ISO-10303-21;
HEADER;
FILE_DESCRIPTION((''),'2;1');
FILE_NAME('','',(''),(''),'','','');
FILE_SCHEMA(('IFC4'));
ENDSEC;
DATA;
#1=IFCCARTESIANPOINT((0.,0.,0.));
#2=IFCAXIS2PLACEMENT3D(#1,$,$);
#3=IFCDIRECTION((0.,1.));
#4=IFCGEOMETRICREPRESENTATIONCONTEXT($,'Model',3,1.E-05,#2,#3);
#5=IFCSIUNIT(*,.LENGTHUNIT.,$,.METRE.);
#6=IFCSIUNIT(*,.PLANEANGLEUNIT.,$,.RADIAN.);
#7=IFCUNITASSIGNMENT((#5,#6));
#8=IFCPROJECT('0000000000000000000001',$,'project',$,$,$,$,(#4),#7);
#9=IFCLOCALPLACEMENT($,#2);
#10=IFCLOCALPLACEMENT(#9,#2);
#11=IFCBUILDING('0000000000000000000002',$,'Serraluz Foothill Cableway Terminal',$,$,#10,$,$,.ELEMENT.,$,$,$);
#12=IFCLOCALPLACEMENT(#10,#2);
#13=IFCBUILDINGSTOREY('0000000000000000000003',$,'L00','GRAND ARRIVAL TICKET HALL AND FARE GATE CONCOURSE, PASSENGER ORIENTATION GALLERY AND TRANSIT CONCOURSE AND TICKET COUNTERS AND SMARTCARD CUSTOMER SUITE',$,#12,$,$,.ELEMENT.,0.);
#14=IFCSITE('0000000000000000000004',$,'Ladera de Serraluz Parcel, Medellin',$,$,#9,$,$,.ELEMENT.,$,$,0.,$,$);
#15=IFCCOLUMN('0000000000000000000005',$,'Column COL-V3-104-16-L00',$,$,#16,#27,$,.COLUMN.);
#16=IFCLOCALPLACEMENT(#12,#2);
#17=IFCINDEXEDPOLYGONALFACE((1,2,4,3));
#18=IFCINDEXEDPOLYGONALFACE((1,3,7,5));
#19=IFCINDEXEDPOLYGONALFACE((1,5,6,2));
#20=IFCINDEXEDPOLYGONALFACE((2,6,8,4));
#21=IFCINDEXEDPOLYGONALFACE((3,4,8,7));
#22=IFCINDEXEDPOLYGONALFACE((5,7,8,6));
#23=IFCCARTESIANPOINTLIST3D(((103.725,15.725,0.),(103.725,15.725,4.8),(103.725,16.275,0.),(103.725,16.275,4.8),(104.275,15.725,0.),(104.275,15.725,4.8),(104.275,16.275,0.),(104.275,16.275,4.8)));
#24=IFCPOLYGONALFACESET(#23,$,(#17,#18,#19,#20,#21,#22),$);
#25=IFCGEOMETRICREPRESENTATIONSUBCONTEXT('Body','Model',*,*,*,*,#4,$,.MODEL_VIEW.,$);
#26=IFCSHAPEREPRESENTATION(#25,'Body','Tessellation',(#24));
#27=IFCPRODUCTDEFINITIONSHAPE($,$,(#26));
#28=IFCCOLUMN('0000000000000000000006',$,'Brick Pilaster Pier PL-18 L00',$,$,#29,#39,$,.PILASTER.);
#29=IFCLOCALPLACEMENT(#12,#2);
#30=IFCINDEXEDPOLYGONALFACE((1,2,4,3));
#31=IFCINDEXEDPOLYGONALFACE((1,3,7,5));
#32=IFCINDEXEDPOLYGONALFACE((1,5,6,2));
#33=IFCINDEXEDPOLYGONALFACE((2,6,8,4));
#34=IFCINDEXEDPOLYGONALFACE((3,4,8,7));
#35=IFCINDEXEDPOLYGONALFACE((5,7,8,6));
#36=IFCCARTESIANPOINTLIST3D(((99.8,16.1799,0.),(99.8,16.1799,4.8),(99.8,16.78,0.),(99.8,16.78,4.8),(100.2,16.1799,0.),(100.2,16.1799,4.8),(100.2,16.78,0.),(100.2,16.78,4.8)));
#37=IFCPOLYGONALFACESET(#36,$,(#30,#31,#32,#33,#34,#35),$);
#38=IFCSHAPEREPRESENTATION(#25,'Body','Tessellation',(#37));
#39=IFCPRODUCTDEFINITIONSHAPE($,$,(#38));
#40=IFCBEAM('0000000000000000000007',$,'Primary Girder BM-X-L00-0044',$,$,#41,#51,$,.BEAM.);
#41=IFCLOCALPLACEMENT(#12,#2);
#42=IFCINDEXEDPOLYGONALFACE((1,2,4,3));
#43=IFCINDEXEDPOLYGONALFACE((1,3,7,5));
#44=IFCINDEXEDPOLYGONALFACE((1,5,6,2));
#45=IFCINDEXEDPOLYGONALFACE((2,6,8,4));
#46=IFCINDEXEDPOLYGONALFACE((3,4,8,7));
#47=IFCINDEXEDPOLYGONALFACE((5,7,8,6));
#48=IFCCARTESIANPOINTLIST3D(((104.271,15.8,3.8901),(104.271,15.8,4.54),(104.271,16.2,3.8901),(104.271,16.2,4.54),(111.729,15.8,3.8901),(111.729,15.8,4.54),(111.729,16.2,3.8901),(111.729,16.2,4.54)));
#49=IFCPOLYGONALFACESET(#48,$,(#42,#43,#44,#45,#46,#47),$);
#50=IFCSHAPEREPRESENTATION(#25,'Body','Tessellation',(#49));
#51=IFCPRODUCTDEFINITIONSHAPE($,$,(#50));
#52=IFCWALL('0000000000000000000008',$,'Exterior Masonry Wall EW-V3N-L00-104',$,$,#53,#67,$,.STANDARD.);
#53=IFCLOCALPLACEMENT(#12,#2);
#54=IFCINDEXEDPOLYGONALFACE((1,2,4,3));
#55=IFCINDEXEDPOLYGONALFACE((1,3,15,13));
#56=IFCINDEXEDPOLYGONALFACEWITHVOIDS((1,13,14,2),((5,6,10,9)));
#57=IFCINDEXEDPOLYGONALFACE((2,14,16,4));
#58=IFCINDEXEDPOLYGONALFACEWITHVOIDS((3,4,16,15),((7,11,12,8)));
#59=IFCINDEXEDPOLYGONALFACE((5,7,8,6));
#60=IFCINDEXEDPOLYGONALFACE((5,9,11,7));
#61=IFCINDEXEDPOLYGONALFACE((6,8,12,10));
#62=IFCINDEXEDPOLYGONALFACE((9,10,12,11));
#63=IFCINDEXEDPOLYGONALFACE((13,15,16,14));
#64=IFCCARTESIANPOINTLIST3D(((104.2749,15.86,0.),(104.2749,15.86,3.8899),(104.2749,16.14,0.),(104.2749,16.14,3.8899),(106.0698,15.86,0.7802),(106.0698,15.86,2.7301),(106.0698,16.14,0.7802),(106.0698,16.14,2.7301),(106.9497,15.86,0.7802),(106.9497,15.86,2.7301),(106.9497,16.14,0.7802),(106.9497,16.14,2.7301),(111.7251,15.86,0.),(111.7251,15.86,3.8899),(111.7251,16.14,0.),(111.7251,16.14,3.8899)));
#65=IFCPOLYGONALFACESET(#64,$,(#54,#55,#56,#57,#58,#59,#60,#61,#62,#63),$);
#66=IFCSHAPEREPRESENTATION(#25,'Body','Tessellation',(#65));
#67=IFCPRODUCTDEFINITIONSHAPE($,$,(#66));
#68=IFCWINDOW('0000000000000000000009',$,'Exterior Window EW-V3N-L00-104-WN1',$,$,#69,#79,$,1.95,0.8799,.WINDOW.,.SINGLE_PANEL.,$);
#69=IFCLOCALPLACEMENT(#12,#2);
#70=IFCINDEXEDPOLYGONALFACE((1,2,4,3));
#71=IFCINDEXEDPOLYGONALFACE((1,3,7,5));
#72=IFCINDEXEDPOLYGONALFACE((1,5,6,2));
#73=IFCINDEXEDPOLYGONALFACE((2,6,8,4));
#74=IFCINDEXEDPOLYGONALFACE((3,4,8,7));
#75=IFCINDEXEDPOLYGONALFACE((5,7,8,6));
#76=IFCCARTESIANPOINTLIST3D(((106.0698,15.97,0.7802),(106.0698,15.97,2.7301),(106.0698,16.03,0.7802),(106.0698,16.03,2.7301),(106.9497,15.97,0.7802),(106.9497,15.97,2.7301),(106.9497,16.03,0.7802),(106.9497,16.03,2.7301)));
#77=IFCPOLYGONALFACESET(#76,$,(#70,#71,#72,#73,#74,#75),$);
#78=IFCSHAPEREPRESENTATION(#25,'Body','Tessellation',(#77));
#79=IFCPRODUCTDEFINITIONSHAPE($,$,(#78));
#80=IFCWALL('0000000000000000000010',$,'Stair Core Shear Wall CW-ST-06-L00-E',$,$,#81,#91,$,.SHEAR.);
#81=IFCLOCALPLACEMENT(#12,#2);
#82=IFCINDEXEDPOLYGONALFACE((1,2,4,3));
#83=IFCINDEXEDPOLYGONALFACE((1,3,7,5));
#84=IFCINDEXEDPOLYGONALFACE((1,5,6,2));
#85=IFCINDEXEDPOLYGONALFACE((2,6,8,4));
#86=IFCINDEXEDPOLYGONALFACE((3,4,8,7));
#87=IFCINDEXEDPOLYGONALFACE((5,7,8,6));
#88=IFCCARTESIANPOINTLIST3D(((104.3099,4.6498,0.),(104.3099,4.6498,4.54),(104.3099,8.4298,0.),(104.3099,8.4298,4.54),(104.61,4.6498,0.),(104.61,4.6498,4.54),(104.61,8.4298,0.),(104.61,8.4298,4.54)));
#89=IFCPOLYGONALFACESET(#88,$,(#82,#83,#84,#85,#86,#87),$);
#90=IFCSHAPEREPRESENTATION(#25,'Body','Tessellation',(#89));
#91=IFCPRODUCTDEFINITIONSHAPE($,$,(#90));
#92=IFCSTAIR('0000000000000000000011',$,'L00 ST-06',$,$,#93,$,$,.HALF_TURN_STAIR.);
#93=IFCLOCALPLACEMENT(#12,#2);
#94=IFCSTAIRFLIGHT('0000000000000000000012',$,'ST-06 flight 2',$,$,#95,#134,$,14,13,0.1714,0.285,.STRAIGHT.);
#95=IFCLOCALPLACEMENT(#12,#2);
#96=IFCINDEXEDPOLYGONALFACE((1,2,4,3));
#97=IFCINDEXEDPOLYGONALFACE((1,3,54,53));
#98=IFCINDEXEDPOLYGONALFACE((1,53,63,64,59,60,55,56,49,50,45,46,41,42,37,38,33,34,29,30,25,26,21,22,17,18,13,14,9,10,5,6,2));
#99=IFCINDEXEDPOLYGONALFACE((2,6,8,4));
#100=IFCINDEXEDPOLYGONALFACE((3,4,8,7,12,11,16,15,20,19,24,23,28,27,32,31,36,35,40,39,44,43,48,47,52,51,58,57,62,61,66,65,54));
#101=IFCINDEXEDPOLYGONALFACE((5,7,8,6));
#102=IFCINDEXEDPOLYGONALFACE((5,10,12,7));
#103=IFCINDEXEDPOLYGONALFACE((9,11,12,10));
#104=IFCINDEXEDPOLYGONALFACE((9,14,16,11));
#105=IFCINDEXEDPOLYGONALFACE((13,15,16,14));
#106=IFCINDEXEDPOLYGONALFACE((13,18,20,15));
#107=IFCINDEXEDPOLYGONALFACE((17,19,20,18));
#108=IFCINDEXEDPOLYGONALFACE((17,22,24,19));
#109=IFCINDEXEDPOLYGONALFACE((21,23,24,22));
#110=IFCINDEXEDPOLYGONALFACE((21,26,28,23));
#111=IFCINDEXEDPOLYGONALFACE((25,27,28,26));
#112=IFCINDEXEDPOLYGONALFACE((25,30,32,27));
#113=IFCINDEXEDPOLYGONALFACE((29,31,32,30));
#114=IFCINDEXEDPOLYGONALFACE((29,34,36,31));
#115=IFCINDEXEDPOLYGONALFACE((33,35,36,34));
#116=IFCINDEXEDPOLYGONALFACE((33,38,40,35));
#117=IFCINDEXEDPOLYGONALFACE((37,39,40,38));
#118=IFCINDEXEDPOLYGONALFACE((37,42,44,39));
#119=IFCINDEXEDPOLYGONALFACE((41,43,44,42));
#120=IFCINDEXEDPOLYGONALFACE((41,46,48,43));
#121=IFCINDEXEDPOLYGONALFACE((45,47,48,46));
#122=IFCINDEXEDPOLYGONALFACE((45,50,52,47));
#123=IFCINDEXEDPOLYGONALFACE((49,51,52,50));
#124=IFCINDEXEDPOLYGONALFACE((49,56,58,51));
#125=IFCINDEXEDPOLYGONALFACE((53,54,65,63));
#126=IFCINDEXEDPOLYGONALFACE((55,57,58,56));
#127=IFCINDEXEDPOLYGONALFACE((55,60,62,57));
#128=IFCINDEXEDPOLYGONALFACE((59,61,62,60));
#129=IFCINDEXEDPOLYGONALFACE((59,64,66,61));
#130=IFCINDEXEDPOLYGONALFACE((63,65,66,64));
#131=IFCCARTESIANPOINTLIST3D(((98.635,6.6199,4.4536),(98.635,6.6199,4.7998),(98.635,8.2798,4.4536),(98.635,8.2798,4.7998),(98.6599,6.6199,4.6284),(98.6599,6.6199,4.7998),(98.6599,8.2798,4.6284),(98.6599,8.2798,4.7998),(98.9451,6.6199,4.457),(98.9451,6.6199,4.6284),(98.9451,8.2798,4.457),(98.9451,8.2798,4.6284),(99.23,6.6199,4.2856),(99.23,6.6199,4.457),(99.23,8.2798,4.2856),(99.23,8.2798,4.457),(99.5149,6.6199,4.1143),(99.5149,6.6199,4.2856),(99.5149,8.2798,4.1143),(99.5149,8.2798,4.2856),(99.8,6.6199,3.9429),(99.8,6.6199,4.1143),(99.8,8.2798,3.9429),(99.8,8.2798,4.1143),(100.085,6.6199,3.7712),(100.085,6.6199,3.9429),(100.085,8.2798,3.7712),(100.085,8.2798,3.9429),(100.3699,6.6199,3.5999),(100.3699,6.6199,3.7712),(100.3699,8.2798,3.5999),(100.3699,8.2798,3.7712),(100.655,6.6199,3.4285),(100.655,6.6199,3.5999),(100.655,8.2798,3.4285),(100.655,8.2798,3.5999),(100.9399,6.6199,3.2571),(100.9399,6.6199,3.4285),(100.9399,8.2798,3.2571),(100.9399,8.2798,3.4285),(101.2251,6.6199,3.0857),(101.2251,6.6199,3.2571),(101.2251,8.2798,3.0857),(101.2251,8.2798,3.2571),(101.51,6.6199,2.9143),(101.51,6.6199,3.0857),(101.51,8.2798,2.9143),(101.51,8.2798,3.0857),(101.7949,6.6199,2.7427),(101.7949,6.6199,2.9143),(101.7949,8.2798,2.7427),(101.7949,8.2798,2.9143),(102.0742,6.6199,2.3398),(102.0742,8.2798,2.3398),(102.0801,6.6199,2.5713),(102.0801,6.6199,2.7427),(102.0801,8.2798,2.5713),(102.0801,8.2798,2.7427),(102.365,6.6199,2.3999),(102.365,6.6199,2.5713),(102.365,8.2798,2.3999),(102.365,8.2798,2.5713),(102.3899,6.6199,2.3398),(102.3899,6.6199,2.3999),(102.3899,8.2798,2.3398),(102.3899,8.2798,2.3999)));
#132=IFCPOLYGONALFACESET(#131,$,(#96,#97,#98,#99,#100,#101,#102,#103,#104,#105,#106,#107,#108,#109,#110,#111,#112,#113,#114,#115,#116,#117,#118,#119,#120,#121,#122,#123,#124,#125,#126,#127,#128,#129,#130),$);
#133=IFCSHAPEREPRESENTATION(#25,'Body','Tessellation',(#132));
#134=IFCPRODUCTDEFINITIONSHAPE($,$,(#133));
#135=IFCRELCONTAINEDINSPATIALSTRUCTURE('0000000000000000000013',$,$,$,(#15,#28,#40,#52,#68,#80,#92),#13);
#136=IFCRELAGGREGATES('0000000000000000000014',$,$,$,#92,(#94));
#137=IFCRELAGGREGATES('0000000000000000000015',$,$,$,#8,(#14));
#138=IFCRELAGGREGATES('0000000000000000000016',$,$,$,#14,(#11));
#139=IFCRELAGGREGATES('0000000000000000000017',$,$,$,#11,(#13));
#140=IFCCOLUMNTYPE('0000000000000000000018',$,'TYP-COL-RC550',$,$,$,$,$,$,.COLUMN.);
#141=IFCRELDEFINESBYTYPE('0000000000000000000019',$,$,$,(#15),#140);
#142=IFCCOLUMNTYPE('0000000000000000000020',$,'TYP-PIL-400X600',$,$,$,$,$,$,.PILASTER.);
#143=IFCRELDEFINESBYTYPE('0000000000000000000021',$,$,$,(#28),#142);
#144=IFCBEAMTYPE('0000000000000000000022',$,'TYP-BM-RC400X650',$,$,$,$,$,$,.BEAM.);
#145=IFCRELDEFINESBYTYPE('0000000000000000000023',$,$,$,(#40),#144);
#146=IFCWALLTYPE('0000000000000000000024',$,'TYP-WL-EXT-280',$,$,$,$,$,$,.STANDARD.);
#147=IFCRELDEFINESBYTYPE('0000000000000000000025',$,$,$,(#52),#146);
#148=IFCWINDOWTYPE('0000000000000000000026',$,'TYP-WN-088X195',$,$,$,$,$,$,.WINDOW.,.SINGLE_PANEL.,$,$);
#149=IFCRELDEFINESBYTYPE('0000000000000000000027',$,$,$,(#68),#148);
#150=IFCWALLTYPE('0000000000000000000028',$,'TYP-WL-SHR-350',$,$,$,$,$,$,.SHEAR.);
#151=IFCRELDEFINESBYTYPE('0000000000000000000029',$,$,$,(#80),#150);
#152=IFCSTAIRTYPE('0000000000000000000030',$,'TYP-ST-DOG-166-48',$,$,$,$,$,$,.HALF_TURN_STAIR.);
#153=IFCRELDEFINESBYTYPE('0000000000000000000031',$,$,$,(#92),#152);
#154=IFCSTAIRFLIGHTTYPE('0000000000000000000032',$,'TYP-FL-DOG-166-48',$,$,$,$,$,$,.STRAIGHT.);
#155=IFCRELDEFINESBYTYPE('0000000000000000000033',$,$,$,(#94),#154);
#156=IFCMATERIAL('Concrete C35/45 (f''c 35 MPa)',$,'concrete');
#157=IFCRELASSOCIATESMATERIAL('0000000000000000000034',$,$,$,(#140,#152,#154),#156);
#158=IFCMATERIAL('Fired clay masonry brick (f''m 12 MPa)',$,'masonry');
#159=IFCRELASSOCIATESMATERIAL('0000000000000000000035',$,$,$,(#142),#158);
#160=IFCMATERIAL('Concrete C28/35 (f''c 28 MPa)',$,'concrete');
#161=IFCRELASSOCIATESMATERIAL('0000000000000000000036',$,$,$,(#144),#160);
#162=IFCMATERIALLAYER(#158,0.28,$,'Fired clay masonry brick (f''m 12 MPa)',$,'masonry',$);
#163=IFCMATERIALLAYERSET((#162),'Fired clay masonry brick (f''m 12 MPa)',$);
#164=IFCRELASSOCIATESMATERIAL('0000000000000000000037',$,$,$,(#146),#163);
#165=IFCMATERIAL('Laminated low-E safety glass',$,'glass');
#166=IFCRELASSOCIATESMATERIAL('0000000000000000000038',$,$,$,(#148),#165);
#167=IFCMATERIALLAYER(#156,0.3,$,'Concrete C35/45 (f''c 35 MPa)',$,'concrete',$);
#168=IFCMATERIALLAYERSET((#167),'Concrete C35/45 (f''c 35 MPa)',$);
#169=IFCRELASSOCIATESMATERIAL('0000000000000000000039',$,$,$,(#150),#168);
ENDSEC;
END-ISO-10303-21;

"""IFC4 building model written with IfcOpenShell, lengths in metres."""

from ifc_helpers import new_model, si_unit, direction, frame, frame_2d, origin, origin_2d, place, context, subcontext, project, spatial, polyline, rectangle, outline, extrude, material, layer, layer_set, material_profile, profile_set, type_object, element, fill, aggregate, save


model = new_model("IFC4")

# Units and contexts
model_context = context("Model", 3, precision=1e-05, world=origin(), true_north=direction((0.0, 1.0)))
body_context = subcontext(model_context, "Body", "Model", "MODEL_VIEW")
ifc_project = project(units=[si_unit("LENGTHUNIT", "METRE"), si_unit("PLANEANGLEUNIT", "RADIAN")], contexts=[model_context])

# Site, building, storey
site_placement = place(None, origin())
site = spatial("IfcSite", under=ifc_project, at=site_placement, Name="Ladera de Serraluz Parcel, Medellin", CompositionType="ELEMENT", RefElevation=0.0)
building_placement = place(site_placement, origin())
building = spatial("IfcBuilding", under=site, at=building_placement, Name="Serraluz Foothill Cableway Terminal", CompositionType="ELEMENT")
storey_placement = place(building_placement, origin())
storey = spatial("IfcBuildingStorey", under=building, at=storey_placement, Name="L00", Description="GRAND ARRIVAL TICKET HALL AND FARE GATE CONCOURSE, PASSENGER ORIENTATION GALLERY AND TRANSIT CONCOURSE AND TICKET COUNTERS AND SMARTCARD CUSTOMER SUITE", CompositionType="ELEMENT", Elevation=0.0)

# Shared definitions
ifc_material_1 = material(Name="Concrete C35/45 (f'c 35 MPa)", Category="concrete")

# Shared definitions
ifc_material_2 = material(Name="Concrete C28/35 (f'c 28 MPa)", Category="concrete")

# Columns
ifc_material_profile_1 = material_profile(ifc_material_1, rectangle(XDim=0.55, YDim=0.55, at=origin_2d()), Name="RC 550x550")
ifc_profile_set_1 = profile_set([ifc_material_profile_1], Name="Concrete C35/45 (f'c 35 MPa)")
column_type_1 = type_object("IfcColumnType", Name="TYP-COL-RC550", PredefinedType="COLUMN", material=ifc_profile_set_1)
column_1_placement = place(storey_placement, frame((104.0, 16.0, 0.0), z_axis=(0.0, 0.0, 1.0), x_axis=(1.0, 0.0, 0.0)))
element("IfcColumn", 1, at=column_1_placement, inside=storey, type_object=column_type_1, Name="Column COL-V3-104-16-L00", PredefinedType="COLUMN", context=body_context, shape_type="SweptSolid", body=[
    extrude(rectangle(XDim=0.55, YDim=0.55, at=origin_2d()), origin(), (0.0, 0.0, 1.0), 4.8),
])
ifc_material_3 = material(Name="Fired clay masonry brick (f'm 12 MPa)", Category="masonry")
ifc_material_profile_2 = material_profile(ifc_material_3, rectangle(XDim=0.3999, YDim=0.6001, at=origin_2d()), Name="PIL 400x600")
ifc_profile_set_2 = profile_set([ifc_material_profile_2], Name="Fired clay masonry brick (f'm 12 MPa)")
column_type_2 = type_object("IfcColumnType", Name="TYP-PIL-400X600", PredefinedType="PILASTER", material=ifc_profile_set_2)
column_2_placement = place(storey_placement, frame((100.0, 16.48, 0.0), z_axis=(0.0, 0.0, 1.0), x_axis=(1.0, 0.0, 0.0)))
element("IfcColumn", 2, at=column_2_placement, inside=storey, type_object=column_type_2, Name="Brick Pilaster Pier PL-18 L00", PredefinedType="PILASTER", context=body_context, shape_type="SweptSolid", body=[
    extrude(rectangle(XDim=0.3999, YDim=0.6001, at=origin_2d()), origin(), (0.0, 0.0, 1.0), 4.8),
])

# Beam
ifc_material_profile_3 = material_profile(ifc_material_2, rectangle(XDim=0.3999, YDim=0.6499, at=origin_2d()), Name="RC 400x650")
ifc_profile_set_3 = profile_set([ifc_material_profile_3], Name="Concrete C28/35 (f'c 28 MPa)")
beam_type = type_object("IfcBeamType", Name="TYP-BM-RC400X650", PredefinedType="BEAM", material=ifc_profile_set_3)
beam_placement = place(storey_placement, frame((104.271, 16.0, 4.2151), z_axis=(1.0, 0.0, 0.0), x_axis=(0.0, 1.0, 0.0)))
element("IfcBeam", 3, at=beam_placement, inside=storey, type_object=beam_type, Name="Primary Girder BM-X-L00-0044", PredefinedType="BEAM", context=body_context, shape_type="SweptSolid", body=[
    extrude(rectangle(XDim=0.3999, YDim=0.6499, at=origin_2d()), origin(), (0.0, 0.0, 1.0), 7.458),
])

# Wall, opening, window
ifc_layer_1 = layer(ifc_material_3, 0.28, Name="Fired clay masonry brick (f'm 12 MPa)", Category="masonry")
ifc_layer_set_1 = layer_set([ifc_layer_1], Name="Fired clay masonry brick (f'm 12 MPa)")
wall_type_1 = type_object("IfcWallType", Name="TYP-WL-EXT-280", PredefinedType="STANDARD", material=ifc_layer_set_1)
wall_1_placement = place(storey_placement, frame((104.2749, 16.0, 0.0), z_axis=(0.0, 0.0, 1.0), x_axis=(1.0, 0.0, 0.0)))
wall_1 = element("IfcWall", 4, at=wall_1_placement, inside=storey, type_object=wall_type_1, Name="Exterior Masonry Wall EW-V3N-L00-104", PredefinedType="STANDARD", context=body_context, shape_type="SweptSolid", body=[
    extrude(rectangle(XDim=7.4502, YDim=0.28, at=frame_2d((3.7251, 0.0))), origin(), (0.0, 0.0, 1.0), 3.8899),
])
opening_placement = place(wall_1_placement, frame((1.7949, 0.0, 0.78)))
opening = element("IfcOpeningElement", 5, at=opening_placement, cuts=wall_1, PredefinedType="OPENING", context=body_context, shape_type="SweptSolid", body=[
    extrude(rectangle(XDim=0.8799, YDim=1.95, at=frame_2d((0.4399, 0.9751))), frame((0.0, 0.1499, 0.0), z_axis=(0.0, -1.0, 0.0), x_axis=(1.0, 0.0, 0.0)), (0.0, 0.0, 1.0), 0.3),
])
ifc_material_4 = material(Name="Laminated low-E safety glass", Category="glass")
window_type = type_object("IfcWindowType", Name="TYP-WN-088X195", PartitioningType="SINGLE_PANEL", PredefinedType="WINDOW", material=ifc_material_4)
window_placement = place(opening_placement, origin())
window = element("IfcWindow", 6, at=window_placement, inside=storey, type_object=window_type, Name="Exterior Window EW-V3N-L00-104-WN1", OverallHeight=1.95, OverallWidth=0.8799, PartitioningType="SINGLE_PANEL", PredefinedType="WINDOW", context=body_context, shape_type="SweptSolid", body=[
    extrude(rectangle(XDim=0.8799, YDim=1.95, at=frame_2d((0.4399, 0.9751))), frame((0.0, 0.03, 0.0), z_axis=(0.0, -1.0, 0.0), x_axis=(1.0, 0.0, 0.0)), (0.0, 0.0, 1.0), 0.0601),
])
fill(opening, window)

# Wall
ifc_layer_2 = layer(ifc_material_1, 0.3, Name="Concrete C35/45 (f'c 35 MPa)", Category="concrete")
ifc_layer_set_2 = layer_set([ifc_layer_2], Name="Concrete C35/45 (f'c 35 MPa)")
wall_type_2 = type_object("IfcWallType", Name="TYP-WL-SHR-350", PredefinedType="SHEAR", material=ifc_layer_set_2)
wall_2_placement = place(storey_placement, frame((104.46, 8.4299, 0.0), z_axis=(0.0, 0.0, 1.0), x_axis=(0.0, -1.0, 0.0)))
element("IfcWall", 7, at=wall_2_placement, inside=storey, type_object=wall_type_2, Name="Stair Core Shear Wall CW-ST-06-L00-E", PredefinedType="SHEAR", context=body_context, shape_type="SweptSolid", body=[
    extrude(rectangle(XDim=3.78, YDim=0.3, at=frame_2d((1.8901, 0.0))), origin(), (0.0, 0.0, 1.0), 4.54),
])

# Stair, stair flight
stair_type_1 = type_object("IfcStairType", Name="TYP-ST-DOG-166-48", PredefinedType="HALF_TURN_STAIR", material=ifc_material_1)
stair_1_placement = place(storey_placement, origin())
stair_1 = element("IfcStair", 8, at=stair_1_placement, inside=storey, type_object=stair_type_1, Name="L00 ST-06", PredefinedType="HALF_TURN_STAIR")
stair_flight_type_1 = type_object("IfcStairFlightType", Name="TYP-FL-DOG-166-48", PredefinedType="STRAIGHT", material=ifc_material_1)
stair_flight_1_placement = place(storey_placement, frame((102.365, 7.45, 2.3999), z_axis=(0.0, 0.0, 1.0), x_axis=(-1.0, 0.0, 0.0)))
stair_flight_1 = element("IfcStairFlight", 9, at=stair_flight_1_placement, type_object=stair_flight_type_1, Name="ST-06 flight 2", NumberOfRisers=14, NumberOfTreads=13, PredefinedType="STRAIGHT", RiserHeight=0.1714, TreadLength=0.285, context=body_context, shape_type="SweptSolid", body=[
    extrude(outline(polyline([(-0.0249, -0.0601), (-0.0249, 0.0), (0.0, 0.0), (0.0, 0.1714), (0.2849, 0.1714), (0.2849, 0.3428), (0.5701, 0.3428), (0.5701, 0.5144), (0.855, 0.5144), (0.855, 0.6858), (1.1399, 0.6858), (1.1399, 0.8572), (1.425, 0.8572), (1.425, 1.0286), (1.71, 1.0286), (1.71, 1.2), (1.9951, 1.2), (1.9951, 1.3713), (2.28, 1.3713), (2.28, 1.543), (2.5649, 1.543), (2.5649, 1.7144), (2.8501, 1.7144), (2.8501, 1.8857), (3.135, 1.8857), (3.135, 2.0571), (3.4199, 2.0571), (3.4199, 2.2285), (3.7051, 2.2285), (3.7051, 2.3999), (3.73, 2.3999), (3.73, 2.0537), (0.2908, -0.0601), (-0.0249, -0.0601)])), frame((0.0, 0.8301, 0.0), z_axis=(0.0, -1.0, 0.0), x_axis=(1.0, 0.0, 0.0)), (0.0, 0.0, 1.0), 1.6599),
])
aggregate(stair_1, [stair_flight_1])

save(model, "model.ifc")
